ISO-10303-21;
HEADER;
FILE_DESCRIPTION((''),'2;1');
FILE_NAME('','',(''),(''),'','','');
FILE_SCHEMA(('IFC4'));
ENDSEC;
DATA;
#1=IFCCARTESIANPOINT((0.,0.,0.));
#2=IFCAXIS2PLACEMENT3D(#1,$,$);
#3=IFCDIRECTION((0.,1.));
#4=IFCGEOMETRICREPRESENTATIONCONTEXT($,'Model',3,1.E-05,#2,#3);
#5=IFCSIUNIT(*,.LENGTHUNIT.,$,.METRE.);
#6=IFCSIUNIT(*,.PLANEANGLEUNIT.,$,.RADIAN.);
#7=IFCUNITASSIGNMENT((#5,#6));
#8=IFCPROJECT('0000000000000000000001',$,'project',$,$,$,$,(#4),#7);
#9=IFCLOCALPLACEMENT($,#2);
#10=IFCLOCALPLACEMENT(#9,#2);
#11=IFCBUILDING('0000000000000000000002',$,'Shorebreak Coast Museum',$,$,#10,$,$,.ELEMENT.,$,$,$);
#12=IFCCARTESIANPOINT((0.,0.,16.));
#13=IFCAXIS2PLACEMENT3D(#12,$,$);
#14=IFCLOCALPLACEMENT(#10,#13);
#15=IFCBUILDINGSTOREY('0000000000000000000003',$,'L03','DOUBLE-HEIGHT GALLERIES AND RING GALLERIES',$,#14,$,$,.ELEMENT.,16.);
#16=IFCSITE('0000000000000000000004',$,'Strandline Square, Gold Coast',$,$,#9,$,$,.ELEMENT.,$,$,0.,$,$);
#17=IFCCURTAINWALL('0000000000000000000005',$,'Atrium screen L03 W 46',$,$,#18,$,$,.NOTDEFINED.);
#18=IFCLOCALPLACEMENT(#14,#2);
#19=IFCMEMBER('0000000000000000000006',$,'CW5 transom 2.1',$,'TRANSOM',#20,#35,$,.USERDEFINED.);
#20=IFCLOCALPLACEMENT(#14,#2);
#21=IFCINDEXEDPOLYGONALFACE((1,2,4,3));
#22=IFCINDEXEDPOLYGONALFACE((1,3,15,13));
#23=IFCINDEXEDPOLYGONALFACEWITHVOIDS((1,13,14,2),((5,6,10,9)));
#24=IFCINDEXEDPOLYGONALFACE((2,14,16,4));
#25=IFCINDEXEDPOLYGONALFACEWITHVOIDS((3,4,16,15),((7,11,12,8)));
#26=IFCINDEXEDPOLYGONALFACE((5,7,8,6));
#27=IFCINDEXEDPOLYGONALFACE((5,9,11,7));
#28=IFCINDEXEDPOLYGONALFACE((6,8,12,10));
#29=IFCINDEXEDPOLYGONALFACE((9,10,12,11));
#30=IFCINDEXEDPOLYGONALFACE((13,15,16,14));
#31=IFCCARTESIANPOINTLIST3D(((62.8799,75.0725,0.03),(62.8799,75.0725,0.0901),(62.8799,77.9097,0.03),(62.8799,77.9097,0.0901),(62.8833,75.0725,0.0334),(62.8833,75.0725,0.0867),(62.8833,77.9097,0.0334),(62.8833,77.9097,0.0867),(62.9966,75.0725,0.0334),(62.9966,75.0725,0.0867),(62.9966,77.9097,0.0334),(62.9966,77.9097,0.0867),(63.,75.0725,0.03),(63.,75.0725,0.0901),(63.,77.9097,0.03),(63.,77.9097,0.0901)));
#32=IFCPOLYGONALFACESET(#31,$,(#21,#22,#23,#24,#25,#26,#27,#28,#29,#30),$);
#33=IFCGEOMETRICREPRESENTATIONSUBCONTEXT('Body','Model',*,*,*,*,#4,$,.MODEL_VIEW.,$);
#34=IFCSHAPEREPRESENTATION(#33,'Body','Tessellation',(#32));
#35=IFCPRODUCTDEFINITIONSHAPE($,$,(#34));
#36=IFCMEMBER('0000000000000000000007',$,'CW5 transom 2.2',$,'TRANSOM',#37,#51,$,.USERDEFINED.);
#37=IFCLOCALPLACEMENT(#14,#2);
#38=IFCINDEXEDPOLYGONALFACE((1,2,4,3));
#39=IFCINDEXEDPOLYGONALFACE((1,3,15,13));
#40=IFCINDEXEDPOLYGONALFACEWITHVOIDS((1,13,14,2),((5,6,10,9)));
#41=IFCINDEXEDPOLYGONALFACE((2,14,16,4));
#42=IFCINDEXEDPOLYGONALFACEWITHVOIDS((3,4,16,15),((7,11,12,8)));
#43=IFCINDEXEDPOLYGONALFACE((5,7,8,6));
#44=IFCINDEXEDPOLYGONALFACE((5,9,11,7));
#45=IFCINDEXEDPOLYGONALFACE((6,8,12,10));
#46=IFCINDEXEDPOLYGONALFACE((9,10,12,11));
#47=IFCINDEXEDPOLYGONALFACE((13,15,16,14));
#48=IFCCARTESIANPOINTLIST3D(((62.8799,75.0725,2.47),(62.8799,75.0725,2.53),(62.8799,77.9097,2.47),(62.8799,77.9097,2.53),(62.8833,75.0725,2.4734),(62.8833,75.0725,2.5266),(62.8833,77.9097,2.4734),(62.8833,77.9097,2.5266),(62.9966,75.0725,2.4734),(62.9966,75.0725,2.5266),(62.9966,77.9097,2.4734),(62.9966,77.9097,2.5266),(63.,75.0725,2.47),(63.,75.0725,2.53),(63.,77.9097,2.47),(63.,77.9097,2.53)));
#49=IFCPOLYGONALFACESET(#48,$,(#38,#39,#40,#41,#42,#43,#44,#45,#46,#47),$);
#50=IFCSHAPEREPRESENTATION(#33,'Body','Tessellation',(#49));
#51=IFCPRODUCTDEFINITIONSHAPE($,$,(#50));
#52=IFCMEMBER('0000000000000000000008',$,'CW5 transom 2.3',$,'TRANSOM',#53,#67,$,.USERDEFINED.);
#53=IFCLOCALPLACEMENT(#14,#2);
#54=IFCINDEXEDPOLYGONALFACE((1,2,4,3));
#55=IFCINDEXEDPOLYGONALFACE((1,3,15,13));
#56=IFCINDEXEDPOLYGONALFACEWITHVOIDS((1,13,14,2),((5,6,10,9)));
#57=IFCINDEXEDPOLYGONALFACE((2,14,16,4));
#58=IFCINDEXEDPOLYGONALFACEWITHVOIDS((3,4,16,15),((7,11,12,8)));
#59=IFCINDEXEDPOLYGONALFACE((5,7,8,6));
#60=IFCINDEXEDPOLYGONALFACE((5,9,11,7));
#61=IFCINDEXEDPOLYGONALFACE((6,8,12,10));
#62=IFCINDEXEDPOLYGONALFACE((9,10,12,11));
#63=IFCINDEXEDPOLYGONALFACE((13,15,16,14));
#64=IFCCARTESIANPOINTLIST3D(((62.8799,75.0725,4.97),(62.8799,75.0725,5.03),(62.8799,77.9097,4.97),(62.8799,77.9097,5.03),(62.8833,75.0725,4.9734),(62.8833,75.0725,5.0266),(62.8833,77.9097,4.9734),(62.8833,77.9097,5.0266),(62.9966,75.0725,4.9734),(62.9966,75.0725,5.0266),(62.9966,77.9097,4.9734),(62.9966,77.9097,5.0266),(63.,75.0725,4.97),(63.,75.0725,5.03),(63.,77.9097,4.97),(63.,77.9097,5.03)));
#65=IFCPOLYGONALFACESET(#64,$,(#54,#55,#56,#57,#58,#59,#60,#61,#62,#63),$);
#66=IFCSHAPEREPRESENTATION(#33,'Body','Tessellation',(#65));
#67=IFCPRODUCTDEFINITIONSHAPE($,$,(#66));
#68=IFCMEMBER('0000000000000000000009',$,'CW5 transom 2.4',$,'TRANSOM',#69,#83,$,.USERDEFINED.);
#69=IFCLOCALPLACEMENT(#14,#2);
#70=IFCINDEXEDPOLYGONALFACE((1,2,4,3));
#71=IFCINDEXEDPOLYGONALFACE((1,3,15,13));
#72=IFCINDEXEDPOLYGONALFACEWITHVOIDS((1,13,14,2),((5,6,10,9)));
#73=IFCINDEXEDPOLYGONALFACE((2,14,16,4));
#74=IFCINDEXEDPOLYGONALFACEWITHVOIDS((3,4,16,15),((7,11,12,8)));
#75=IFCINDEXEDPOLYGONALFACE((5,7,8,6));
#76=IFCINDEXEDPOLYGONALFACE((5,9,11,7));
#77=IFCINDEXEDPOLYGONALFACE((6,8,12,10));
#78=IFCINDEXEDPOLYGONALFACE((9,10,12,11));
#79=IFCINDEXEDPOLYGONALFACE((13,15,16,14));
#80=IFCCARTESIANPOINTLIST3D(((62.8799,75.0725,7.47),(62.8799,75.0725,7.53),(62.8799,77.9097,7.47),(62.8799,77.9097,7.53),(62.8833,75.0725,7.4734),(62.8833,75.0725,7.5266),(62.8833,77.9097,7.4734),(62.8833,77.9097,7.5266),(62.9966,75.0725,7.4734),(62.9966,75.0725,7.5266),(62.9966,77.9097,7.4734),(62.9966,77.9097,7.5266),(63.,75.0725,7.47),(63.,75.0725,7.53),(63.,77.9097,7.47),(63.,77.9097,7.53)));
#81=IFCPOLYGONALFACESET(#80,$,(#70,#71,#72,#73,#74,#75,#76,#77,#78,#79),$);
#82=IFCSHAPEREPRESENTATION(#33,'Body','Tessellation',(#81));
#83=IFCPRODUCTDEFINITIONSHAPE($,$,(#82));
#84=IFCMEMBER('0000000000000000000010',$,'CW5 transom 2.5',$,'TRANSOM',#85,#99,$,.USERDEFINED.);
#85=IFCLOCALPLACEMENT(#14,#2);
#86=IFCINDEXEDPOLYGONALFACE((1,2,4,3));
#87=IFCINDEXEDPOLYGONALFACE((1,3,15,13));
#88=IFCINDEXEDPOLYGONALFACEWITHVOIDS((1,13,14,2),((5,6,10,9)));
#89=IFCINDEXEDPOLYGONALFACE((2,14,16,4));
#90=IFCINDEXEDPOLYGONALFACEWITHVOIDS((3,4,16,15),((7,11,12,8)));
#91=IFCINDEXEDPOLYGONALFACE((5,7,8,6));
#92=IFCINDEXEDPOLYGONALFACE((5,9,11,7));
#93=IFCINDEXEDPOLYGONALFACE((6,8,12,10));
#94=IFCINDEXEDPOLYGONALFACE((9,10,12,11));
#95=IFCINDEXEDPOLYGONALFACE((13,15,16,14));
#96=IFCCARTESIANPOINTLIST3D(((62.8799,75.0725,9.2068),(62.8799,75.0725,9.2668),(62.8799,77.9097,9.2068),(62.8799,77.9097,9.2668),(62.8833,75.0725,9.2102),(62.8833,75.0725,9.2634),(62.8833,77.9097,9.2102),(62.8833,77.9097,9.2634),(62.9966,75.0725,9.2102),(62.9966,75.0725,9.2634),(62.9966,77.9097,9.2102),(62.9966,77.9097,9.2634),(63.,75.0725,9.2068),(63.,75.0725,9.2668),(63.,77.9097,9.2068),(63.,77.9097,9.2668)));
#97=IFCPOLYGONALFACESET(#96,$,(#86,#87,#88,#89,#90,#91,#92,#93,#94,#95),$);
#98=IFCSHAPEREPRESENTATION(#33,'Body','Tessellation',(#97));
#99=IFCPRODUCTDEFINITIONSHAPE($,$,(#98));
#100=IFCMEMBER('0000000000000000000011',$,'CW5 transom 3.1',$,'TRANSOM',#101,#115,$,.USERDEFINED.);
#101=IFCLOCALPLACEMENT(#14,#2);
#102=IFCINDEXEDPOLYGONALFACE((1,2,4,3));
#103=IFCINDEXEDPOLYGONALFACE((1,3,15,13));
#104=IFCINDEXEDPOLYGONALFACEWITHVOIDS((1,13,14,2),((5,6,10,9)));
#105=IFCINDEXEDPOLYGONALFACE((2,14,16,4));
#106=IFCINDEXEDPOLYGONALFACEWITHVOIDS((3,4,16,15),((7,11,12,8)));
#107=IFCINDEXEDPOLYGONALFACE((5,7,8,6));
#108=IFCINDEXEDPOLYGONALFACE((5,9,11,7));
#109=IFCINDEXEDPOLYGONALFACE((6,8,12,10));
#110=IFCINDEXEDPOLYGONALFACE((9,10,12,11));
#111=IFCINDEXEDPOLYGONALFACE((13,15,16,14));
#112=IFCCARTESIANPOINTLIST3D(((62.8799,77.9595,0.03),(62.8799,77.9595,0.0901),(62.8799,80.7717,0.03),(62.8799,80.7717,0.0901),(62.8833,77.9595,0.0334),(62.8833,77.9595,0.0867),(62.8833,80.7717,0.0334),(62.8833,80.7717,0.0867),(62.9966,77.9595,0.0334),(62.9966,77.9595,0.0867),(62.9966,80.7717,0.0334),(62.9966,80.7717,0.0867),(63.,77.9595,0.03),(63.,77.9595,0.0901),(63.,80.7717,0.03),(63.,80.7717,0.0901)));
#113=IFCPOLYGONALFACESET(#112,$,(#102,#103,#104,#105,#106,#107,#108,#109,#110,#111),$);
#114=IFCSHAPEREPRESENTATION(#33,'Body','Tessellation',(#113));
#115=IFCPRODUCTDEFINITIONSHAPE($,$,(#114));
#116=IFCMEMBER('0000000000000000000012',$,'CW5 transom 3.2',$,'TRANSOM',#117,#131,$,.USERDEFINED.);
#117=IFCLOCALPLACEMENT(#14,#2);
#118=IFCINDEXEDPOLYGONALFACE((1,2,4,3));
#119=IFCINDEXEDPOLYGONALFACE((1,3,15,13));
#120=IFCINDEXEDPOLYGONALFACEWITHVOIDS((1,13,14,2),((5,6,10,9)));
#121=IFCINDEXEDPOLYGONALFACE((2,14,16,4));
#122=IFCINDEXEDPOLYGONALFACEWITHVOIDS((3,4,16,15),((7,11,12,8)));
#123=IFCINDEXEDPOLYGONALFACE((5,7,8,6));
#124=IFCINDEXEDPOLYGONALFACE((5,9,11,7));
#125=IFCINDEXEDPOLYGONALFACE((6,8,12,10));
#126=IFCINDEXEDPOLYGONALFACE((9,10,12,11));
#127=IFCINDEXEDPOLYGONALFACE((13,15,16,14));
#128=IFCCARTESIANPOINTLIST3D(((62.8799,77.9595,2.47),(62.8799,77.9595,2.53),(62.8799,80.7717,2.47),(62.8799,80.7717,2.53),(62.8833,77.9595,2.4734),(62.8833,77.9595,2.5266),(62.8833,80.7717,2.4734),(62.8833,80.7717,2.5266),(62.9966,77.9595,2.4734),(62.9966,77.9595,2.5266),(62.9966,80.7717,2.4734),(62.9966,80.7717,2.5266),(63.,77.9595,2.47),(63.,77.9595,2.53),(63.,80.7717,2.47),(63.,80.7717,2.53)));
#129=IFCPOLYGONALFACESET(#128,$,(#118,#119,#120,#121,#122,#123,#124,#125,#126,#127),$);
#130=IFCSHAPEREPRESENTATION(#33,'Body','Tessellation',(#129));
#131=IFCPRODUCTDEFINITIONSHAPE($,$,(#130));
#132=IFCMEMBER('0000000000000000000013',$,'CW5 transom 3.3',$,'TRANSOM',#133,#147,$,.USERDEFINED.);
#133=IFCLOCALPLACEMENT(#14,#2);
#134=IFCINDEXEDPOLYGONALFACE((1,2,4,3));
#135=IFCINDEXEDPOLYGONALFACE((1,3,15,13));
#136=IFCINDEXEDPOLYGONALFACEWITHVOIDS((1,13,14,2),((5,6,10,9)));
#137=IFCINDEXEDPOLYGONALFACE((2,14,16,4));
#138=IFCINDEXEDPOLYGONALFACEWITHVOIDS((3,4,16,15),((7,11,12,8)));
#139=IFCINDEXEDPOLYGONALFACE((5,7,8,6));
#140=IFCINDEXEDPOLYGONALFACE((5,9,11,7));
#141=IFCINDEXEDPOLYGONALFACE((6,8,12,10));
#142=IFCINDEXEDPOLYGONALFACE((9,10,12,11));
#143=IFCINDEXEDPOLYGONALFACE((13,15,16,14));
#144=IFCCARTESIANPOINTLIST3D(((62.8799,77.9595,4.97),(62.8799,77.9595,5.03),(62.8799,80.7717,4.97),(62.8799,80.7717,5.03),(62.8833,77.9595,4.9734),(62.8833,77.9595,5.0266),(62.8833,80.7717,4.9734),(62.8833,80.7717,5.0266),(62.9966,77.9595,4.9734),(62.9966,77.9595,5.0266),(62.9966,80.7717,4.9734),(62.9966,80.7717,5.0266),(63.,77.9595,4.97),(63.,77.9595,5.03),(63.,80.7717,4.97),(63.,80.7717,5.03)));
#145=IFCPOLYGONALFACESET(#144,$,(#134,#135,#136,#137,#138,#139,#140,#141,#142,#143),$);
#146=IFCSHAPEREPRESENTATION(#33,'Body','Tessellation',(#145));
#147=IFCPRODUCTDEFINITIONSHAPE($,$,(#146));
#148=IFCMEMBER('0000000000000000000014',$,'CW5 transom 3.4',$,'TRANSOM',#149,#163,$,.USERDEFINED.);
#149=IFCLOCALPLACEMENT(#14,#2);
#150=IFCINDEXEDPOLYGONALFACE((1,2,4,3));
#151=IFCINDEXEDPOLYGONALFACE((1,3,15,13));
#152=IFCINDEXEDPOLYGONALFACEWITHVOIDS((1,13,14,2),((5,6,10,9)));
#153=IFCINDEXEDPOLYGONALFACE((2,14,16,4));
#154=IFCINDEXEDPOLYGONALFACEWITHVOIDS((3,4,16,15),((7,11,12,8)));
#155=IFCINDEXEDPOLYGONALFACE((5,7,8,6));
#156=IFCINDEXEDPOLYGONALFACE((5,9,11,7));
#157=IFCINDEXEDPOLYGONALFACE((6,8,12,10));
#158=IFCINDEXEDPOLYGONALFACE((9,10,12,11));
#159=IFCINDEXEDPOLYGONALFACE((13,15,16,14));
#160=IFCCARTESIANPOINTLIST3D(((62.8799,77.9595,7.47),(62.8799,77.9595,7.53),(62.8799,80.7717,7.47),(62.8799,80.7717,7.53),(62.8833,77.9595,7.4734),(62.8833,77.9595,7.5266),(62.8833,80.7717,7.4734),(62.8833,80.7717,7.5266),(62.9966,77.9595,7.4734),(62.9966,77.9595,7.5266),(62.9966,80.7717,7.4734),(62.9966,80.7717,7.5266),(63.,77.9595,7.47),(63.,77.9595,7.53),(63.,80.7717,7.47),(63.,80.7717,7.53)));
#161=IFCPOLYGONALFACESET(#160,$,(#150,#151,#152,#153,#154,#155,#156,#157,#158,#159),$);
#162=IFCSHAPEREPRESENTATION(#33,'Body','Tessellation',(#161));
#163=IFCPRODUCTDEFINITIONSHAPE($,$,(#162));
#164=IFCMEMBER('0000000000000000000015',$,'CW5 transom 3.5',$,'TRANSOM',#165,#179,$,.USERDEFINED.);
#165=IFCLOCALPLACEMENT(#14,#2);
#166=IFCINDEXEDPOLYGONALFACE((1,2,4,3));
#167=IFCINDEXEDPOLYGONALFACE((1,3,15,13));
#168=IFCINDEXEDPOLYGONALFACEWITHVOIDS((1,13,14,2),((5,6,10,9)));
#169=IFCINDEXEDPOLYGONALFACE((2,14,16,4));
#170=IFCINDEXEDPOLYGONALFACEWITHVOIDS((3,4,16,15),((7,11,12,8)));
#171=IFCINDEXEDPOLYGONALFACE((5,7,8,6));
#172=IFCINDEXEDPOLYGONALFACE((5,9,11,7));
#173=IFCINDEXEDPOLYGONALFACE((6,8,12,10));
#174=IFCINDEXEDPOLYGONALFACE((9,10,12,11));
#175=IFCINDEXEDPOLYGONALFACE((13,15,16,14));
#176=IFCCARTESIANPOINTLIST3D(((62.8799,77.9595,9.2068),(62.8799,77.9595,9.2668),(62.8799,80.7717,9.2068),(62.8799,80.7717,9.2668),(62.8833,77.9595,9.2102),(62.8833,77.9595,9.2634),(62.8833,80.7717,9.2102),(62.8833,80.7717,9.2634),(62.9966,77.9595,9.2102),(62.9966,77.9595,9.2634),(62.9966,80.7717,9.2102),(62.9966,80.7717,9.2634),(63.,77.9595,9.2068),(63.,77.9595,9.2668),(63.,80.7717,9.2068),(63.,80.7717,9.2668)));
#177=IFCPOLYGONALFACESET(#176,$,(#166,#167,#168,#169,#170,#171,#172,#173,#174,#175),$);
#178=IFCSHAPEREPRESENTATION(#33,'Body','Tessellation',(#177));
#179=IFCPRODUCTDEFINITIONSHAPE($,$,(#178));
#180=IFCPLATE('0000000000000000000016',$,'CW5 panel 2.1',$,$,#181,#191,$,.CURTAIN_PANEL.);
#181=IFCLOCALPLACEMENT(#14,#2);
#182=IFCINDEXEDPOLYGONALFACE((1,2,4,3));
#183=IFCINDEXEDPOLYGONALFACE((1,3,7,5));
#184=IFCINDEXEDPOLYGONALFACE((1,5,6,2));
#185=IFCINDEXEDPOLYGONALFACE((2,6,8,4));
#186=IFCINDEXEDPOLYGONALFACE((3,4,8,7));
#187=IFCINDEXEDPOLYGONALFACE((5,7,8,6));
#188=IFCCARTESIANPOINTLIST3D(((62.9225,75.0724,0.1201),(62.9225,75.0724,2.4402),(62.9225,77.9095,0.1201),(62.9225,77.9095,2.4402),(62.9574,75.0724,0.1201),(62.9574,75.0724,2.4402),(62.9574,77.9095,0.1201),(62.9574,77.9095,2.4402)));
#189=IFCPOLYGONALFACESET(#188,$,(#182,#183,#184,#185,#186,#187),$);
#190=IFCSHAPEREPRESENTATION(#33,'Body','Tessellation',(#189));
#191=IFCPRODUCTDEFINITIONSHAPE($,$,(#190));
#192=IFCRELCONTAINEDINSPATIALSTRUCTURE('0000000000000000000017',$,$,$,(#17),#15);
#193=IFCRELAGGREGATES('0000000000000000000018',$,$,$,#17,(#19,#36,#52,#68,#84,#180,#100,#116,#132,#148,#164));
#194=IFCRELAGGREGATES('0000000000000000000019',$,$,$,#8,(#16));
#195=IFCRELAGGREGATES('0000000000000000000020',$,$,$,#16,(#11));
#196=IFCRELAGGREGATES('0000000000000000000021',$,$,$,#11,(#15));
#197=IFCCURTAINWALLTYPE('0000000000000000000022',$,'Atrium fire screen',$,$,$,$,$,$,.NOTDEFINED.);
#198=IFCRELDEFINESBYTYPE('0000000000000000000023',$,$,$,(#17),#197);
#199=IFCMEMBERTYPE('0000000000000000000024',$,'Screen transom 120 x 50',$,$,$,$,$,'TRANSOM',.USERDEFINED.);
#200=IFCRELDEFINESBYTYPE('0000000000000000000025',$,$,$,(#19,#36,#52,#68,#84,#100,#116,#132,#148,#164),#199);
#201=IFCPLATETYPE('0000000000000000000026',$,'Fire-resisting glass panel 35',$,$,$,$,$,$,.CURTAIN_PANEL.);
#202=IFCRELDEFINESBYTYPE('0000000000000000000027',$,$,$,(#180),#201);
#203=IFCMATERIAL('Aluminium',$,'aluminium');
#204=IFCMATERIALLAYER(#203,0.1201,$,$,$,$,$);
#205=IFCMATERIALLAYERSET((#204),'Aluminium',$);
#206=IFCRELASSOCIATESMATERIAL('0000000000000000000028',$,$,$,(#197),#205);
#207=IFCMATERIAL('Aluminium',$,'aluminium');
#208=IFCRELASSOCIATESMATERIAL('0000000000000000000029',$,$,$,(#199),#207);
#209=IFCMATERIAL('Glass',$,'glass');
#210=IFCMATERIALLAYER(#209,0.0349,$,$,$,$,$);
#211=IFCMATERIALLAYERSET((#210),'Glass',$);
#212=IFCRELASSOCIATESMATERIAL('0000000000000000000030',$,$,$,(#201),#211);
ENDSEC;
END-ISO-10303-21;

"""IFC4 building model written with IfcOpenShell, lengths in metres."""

from ifc_helpers import new_model, si_unit, direction, frame, origin, origin_2d, place, context, subcontext, project, spatial, rectangle, hollow_rectangle, extrude, material, layer, layer_set, material_profile, profile_set, type_object, element, aggregate, save


model = new_model("IFC4")

# Units and contexts
model_context = context("Model", 3, precision=1e-05, world=origin(), true_north=direction((0.0, 1.0)))
body_context = subcontext(model_context, "Body", "Model", "MODEL_VIEW")
ifc_project = project(units=[si_unit("LENGTHUNIT", "METRE"), si_unit("PLANEANGLEUNIT", "RADIAN")], contexts=[model_context])

# Site, building, storey
site_placement = place(None, origin())
site = spatial("IfcSite", under=ifc_project, at=site_placement, Name="Strandline Square, Gold Coast", CompositionType="ELEMENT", RefElevation=0.0)
building_placement = place(site_placement, origin())
building = spatial("IfcBuilding", under=site, at=building_placement, Name="Shorebreak Coast Museum", CompositionType="ELEMENT")
storey_placement = place(building_placement, frame((0.0, 0.0, 16.0)))
storey = spatial("IfcBuildingStorey", under=building, at=storey_placement, Name="L03", Description="DOUBLE-HEIGHT GALLERIES AND RING GALLERIES", CompositionType="ELEMENT", Elevation=16.0)

# Shared definitions
ifc_material_1 = material(Name="Aluminium", Category="aluminium")
ifc_layer_1 = layer(ifc_material_1, 0.1201)
ifc_layer_set_1 = layer_set([ifc_layer_1], Name="Aluminium")
curtain_wall_type = type_object("IfcCurtainWallType", Name="Atrium fire screen", PredefinedType="NOTDEFINED", material=ifc_layer_set_1)

# Curtain wall
curtain_wall_1_placement = place(storey_placement, origin())
curtain_wall_1 = element("IfcCurtainWall", 1, at=curtain_wall_1_placement, inside=storey, type_object=curtain_wall_type, Name="Atrium screen L03 W 46", PredefinedType="NOTDEFINED")

# Members
ifc_material_2 = material(Name="Aluminium", Category="aluminium")
ifc_material_profile_1 = material_profile(ifc_material_2, hollow_rectangle(XDim=0.1201, YDim=0.0601, WallThickness=0.0034, at=origin_2d()), Name="AL 60x120 RHS")
ifc_profile_set_1 = profile_set([ifc_material_profile_1], Name="Aluminium")
member_type_1 = type_object("IfcMemberType", Name="Screen transom 120 x 50", ElementType="TRANSOM", PredefinedType="USERDEFINED", material=ifc_profile_set_1)
member_1_placement = place(storey_placement, frame((62.9399, 75.0725, 0.0601), z_axis=(0.0, 1.0, 0.0), x_axis=(-1.0, 0.0, 0.0)))
member_1 = element("IfcMember", 2, at=member_1_placement, type_object=member_type_1, Name="CW5 transom 2.1", ObjectType="TRANSOM", PredefinedType="USERDEFINED", context=body_context, shape_type="SweptSolid", body=[
    extrude(hollow_rectangle(XDim=0.1201, YDim=0.0601, WallThickness=0.0034, at=origin_2d()), origin(), (0.0, 0.0, 1.0), 2.8372),
])
member_2_placement = place(storey_placement, frame((62.9399, 75.0725, 2.5), z_axis=(0.0, 1.0, 0.0), x_axis=(-1.0, 0.0, 0.0)))
member_2 = element("IfcMember", 3, at=member_2_placement, type_object=member_type_1, Name="CW5 transom 2.2", ObjectType="TRANSOM", PredefinedType="USERDEFINED", context=body_context, shape_type="SweptSolid", body=[
    extrude(hollow_rectangle(XDim=0.1201, YDim=0.0601, WallThickness=0.0034, at=origin_2d()), origin(), (0.0, 0.0, 1.0), 2.8372),
])
member_3_placement = place(storey_placement, frame((62.9399, 75.0725, 5.0), z_axis=(0.0, 1.0, 0.0), x_axis=(-1.0, 0.0, 0.0)))
member_3 = element("IfcMember", 4, at=member_3_placement, type_object=member_type_1, Name="CW5 transom 2.3", ObjectType="TRANSOM", PredefinedType="USERDEFINED", context=body_context, shape_type="SweptSolid", body=[
    extrude(hollow_rectangle(XDim=0.1201, YDim=0.0601, WallThickness=0.0034, at=origin_2d()), origin(), (0.0, 0.0, 1.0), 2.8372),
])
member_4_placement = place(storey_placement, frame((62.9399, 75.0725, 7.5), z_axis=(0.0, 1.0, 0.0), x_axis=(-1.0, 0.0, 0.0)))
member_4 = element("IfcMember", 5, at=member_4_placement, type_object=member_type_1, Name="CW5 transom 2.4", ObjectType="TRANSOM", PredefinedType="USERDEFINED", context=body_context, shape_type="SweptSolid", body=[
    extrude(hollow_rectangle(XDim=0.1201, YDim=0.0601, WallThickness=0.0034, at=origin_2d()), origin(), (0.0, 0.0, 1.0), 2.8372),
])
member_5_placement = place(storey_placement, frame((62.9399, 75.0725, 9.2368), z_axis=(0.0, 1.0, 0.0), x_axis=(-1.0, 0.0, 0.0)))
member_5 = element("IfcMember", 6, at=member_5_placement, type_object=member_type_1, Name="CW5 transom 2.5", ObjectType="TRANSOM", PredefinedType="USERDEFINED", context=body_context, shape_type="SweptSolid", body=[
    extrude(hollow_rectangle(XDim=0.1201, YDim=0.0601, WallThickness=0.0034, at=origin_2d()), origin(), (0.0, 0.0, 1.0), 2.8372),
])
member_6_placement = place(storey_placement, frame((62.9399, 77.9595, 0.0601), z_axis=(0.0, 1.0, 0.0), x_axis=(-1.0, 0.0, 0.0)))
member_6 = element("IfcMember", 7, at=member_6_placement, type_object=member_type_1, Name="CW5 transom 3.1", ObjectType="TRANSOM", PredefinedType="USERDEFINED", context=body_context, shape_type="SweptSolid", body=[
    extrude(hollow_rectangle(XDim=0.1201, YDim=0.0601, WallThickness=0.0034, at=origin_2d()), origin(), (0.0, 0.0, 1.0), 2.8123),
])
member_7_placement = place(storey_placement, frame((62.9399, 77.9595, 2.5), z_axis=(0.0, 1.0, 0.0), x_axis=(-1.0, 0.0, 0.0)))
member_7 = element("IfcMember", 8, at=member_7_placement, type_object=member_type_1, Name="CW5 transom 3.2", ObjectType="TRANSOM", PredefinedType="USERDEFINED", context=body_context, shape_type="SweptSolid", body=[
    extrude(hollow_rectangle(XDim=0.1201, YDim=0.0601, WallThickness=0.0034, at=origin_2d()), origin(), (0.0, 0.0, 1.0), 2.8123),
])
member_8_placement = place(storey_placement, frame((62.9399, 77.9595, 5.0), z_axis=(0.0, 1.0, 0.0), x_axis=(-1.0, 0.0, 0.0)))
member_8 = element("IfcMember", 9, at=member_8_placement, type_object=member_type_1, Name="CW5 transom 3.3", ObjectType="TRANSOM", PredefinedType="USERDEFINED", context=body_context, shape_type="SweptSolid", body=[
    extrude(hollow_rectangle(XDim=0.1201, YDim=0.0601, WallThickness=0.0034, at=origin_2d()), origin(), (0.0, 0.0, 1.0), 2.8123),
])
member_9_placement = place(storey_placement, frame((62.9399, 77.9595, 7.5), z_axis=(0.0, 1.0, 0.0), x_axis=(-1.0, 0.0, 0.0)))
member_9 = element("IfcMember", 10, at=member_9_placement, type_object=member_type_1, Name="CW5 transom 3.4", ObjectType="TRANSOM", PredefinedType="USERDEFINED", context=body_context, shape_type="SweptSolid", body=[
    extrude(hollow_rectangle(XDim=0.1201, YDim=0.0601, WallThickness=0.0034, at=origin_2d()), origin(), (0.0, 0.0, 1.0), 2.8123),
])
member_10_placement = place(storey_placement, frame((62.9399, 77.9595, 9.2368), z_axis=(0.0, 1.0, 0.0), x_axis=(-1.0, 0.0, 0.0)))
member_10 = element("IfcMember", 11, at=member_10_placement, type_object=member_type_1, Name="CW5 transom 3.5", ObjectType="TRANSOM", PredefinedType="USERDEFINED", context=body_context, shape_type="SweptSolid", body=[
    extrude(hollow_rectangle(XDim=0.1201, YDim=0.0601, WallThickness=0.0034, at=origin_2d()), origin(), (0.0, 0.0, 1.0), 2.8123),
])

# Plate
ifc_material_3 = material(Name="Glass", Category="glass")
ifc_layer_2 = layer(ifc_material_3, 0.0349)
ifc_layer_set_2 = layer_set([ifc_layer_2], Name="Glass")
plate_type = type_object("IfcPlateType", Name="Fire-resisting glass panel 35", PredefinedType="CURTAIN_PANEL", material=ifc_layer_set_2)
plate_1_placement = place(storey_placement, frame((62.9399, 76.491, 0.1201), z_axis=(0.0, 0.0, 1.0), x_axis=(0.0, 1.0, 0.0)))
plate_1 = element("IfcPlate", 12, at=plate_1_placement, type_object=plate_type, Name="CW5 panel 2.1", PredefinedType="CURTAIN_PANEL", context=body_context, shape_type="SweptSolid", body=[
    extrude(rectangle(XDim=2.8372, YDim=0.0349, at=origin_2d()), origin(), (0.0, 0.0, 1.0), 2.3201),
])
aggregate(curtain_wall_1, [member_1, member_2, member_3, member_4, member_5, plate_1, member_6, member_7, member_8, member_9, member_10])

save(model, "model.ifc")
